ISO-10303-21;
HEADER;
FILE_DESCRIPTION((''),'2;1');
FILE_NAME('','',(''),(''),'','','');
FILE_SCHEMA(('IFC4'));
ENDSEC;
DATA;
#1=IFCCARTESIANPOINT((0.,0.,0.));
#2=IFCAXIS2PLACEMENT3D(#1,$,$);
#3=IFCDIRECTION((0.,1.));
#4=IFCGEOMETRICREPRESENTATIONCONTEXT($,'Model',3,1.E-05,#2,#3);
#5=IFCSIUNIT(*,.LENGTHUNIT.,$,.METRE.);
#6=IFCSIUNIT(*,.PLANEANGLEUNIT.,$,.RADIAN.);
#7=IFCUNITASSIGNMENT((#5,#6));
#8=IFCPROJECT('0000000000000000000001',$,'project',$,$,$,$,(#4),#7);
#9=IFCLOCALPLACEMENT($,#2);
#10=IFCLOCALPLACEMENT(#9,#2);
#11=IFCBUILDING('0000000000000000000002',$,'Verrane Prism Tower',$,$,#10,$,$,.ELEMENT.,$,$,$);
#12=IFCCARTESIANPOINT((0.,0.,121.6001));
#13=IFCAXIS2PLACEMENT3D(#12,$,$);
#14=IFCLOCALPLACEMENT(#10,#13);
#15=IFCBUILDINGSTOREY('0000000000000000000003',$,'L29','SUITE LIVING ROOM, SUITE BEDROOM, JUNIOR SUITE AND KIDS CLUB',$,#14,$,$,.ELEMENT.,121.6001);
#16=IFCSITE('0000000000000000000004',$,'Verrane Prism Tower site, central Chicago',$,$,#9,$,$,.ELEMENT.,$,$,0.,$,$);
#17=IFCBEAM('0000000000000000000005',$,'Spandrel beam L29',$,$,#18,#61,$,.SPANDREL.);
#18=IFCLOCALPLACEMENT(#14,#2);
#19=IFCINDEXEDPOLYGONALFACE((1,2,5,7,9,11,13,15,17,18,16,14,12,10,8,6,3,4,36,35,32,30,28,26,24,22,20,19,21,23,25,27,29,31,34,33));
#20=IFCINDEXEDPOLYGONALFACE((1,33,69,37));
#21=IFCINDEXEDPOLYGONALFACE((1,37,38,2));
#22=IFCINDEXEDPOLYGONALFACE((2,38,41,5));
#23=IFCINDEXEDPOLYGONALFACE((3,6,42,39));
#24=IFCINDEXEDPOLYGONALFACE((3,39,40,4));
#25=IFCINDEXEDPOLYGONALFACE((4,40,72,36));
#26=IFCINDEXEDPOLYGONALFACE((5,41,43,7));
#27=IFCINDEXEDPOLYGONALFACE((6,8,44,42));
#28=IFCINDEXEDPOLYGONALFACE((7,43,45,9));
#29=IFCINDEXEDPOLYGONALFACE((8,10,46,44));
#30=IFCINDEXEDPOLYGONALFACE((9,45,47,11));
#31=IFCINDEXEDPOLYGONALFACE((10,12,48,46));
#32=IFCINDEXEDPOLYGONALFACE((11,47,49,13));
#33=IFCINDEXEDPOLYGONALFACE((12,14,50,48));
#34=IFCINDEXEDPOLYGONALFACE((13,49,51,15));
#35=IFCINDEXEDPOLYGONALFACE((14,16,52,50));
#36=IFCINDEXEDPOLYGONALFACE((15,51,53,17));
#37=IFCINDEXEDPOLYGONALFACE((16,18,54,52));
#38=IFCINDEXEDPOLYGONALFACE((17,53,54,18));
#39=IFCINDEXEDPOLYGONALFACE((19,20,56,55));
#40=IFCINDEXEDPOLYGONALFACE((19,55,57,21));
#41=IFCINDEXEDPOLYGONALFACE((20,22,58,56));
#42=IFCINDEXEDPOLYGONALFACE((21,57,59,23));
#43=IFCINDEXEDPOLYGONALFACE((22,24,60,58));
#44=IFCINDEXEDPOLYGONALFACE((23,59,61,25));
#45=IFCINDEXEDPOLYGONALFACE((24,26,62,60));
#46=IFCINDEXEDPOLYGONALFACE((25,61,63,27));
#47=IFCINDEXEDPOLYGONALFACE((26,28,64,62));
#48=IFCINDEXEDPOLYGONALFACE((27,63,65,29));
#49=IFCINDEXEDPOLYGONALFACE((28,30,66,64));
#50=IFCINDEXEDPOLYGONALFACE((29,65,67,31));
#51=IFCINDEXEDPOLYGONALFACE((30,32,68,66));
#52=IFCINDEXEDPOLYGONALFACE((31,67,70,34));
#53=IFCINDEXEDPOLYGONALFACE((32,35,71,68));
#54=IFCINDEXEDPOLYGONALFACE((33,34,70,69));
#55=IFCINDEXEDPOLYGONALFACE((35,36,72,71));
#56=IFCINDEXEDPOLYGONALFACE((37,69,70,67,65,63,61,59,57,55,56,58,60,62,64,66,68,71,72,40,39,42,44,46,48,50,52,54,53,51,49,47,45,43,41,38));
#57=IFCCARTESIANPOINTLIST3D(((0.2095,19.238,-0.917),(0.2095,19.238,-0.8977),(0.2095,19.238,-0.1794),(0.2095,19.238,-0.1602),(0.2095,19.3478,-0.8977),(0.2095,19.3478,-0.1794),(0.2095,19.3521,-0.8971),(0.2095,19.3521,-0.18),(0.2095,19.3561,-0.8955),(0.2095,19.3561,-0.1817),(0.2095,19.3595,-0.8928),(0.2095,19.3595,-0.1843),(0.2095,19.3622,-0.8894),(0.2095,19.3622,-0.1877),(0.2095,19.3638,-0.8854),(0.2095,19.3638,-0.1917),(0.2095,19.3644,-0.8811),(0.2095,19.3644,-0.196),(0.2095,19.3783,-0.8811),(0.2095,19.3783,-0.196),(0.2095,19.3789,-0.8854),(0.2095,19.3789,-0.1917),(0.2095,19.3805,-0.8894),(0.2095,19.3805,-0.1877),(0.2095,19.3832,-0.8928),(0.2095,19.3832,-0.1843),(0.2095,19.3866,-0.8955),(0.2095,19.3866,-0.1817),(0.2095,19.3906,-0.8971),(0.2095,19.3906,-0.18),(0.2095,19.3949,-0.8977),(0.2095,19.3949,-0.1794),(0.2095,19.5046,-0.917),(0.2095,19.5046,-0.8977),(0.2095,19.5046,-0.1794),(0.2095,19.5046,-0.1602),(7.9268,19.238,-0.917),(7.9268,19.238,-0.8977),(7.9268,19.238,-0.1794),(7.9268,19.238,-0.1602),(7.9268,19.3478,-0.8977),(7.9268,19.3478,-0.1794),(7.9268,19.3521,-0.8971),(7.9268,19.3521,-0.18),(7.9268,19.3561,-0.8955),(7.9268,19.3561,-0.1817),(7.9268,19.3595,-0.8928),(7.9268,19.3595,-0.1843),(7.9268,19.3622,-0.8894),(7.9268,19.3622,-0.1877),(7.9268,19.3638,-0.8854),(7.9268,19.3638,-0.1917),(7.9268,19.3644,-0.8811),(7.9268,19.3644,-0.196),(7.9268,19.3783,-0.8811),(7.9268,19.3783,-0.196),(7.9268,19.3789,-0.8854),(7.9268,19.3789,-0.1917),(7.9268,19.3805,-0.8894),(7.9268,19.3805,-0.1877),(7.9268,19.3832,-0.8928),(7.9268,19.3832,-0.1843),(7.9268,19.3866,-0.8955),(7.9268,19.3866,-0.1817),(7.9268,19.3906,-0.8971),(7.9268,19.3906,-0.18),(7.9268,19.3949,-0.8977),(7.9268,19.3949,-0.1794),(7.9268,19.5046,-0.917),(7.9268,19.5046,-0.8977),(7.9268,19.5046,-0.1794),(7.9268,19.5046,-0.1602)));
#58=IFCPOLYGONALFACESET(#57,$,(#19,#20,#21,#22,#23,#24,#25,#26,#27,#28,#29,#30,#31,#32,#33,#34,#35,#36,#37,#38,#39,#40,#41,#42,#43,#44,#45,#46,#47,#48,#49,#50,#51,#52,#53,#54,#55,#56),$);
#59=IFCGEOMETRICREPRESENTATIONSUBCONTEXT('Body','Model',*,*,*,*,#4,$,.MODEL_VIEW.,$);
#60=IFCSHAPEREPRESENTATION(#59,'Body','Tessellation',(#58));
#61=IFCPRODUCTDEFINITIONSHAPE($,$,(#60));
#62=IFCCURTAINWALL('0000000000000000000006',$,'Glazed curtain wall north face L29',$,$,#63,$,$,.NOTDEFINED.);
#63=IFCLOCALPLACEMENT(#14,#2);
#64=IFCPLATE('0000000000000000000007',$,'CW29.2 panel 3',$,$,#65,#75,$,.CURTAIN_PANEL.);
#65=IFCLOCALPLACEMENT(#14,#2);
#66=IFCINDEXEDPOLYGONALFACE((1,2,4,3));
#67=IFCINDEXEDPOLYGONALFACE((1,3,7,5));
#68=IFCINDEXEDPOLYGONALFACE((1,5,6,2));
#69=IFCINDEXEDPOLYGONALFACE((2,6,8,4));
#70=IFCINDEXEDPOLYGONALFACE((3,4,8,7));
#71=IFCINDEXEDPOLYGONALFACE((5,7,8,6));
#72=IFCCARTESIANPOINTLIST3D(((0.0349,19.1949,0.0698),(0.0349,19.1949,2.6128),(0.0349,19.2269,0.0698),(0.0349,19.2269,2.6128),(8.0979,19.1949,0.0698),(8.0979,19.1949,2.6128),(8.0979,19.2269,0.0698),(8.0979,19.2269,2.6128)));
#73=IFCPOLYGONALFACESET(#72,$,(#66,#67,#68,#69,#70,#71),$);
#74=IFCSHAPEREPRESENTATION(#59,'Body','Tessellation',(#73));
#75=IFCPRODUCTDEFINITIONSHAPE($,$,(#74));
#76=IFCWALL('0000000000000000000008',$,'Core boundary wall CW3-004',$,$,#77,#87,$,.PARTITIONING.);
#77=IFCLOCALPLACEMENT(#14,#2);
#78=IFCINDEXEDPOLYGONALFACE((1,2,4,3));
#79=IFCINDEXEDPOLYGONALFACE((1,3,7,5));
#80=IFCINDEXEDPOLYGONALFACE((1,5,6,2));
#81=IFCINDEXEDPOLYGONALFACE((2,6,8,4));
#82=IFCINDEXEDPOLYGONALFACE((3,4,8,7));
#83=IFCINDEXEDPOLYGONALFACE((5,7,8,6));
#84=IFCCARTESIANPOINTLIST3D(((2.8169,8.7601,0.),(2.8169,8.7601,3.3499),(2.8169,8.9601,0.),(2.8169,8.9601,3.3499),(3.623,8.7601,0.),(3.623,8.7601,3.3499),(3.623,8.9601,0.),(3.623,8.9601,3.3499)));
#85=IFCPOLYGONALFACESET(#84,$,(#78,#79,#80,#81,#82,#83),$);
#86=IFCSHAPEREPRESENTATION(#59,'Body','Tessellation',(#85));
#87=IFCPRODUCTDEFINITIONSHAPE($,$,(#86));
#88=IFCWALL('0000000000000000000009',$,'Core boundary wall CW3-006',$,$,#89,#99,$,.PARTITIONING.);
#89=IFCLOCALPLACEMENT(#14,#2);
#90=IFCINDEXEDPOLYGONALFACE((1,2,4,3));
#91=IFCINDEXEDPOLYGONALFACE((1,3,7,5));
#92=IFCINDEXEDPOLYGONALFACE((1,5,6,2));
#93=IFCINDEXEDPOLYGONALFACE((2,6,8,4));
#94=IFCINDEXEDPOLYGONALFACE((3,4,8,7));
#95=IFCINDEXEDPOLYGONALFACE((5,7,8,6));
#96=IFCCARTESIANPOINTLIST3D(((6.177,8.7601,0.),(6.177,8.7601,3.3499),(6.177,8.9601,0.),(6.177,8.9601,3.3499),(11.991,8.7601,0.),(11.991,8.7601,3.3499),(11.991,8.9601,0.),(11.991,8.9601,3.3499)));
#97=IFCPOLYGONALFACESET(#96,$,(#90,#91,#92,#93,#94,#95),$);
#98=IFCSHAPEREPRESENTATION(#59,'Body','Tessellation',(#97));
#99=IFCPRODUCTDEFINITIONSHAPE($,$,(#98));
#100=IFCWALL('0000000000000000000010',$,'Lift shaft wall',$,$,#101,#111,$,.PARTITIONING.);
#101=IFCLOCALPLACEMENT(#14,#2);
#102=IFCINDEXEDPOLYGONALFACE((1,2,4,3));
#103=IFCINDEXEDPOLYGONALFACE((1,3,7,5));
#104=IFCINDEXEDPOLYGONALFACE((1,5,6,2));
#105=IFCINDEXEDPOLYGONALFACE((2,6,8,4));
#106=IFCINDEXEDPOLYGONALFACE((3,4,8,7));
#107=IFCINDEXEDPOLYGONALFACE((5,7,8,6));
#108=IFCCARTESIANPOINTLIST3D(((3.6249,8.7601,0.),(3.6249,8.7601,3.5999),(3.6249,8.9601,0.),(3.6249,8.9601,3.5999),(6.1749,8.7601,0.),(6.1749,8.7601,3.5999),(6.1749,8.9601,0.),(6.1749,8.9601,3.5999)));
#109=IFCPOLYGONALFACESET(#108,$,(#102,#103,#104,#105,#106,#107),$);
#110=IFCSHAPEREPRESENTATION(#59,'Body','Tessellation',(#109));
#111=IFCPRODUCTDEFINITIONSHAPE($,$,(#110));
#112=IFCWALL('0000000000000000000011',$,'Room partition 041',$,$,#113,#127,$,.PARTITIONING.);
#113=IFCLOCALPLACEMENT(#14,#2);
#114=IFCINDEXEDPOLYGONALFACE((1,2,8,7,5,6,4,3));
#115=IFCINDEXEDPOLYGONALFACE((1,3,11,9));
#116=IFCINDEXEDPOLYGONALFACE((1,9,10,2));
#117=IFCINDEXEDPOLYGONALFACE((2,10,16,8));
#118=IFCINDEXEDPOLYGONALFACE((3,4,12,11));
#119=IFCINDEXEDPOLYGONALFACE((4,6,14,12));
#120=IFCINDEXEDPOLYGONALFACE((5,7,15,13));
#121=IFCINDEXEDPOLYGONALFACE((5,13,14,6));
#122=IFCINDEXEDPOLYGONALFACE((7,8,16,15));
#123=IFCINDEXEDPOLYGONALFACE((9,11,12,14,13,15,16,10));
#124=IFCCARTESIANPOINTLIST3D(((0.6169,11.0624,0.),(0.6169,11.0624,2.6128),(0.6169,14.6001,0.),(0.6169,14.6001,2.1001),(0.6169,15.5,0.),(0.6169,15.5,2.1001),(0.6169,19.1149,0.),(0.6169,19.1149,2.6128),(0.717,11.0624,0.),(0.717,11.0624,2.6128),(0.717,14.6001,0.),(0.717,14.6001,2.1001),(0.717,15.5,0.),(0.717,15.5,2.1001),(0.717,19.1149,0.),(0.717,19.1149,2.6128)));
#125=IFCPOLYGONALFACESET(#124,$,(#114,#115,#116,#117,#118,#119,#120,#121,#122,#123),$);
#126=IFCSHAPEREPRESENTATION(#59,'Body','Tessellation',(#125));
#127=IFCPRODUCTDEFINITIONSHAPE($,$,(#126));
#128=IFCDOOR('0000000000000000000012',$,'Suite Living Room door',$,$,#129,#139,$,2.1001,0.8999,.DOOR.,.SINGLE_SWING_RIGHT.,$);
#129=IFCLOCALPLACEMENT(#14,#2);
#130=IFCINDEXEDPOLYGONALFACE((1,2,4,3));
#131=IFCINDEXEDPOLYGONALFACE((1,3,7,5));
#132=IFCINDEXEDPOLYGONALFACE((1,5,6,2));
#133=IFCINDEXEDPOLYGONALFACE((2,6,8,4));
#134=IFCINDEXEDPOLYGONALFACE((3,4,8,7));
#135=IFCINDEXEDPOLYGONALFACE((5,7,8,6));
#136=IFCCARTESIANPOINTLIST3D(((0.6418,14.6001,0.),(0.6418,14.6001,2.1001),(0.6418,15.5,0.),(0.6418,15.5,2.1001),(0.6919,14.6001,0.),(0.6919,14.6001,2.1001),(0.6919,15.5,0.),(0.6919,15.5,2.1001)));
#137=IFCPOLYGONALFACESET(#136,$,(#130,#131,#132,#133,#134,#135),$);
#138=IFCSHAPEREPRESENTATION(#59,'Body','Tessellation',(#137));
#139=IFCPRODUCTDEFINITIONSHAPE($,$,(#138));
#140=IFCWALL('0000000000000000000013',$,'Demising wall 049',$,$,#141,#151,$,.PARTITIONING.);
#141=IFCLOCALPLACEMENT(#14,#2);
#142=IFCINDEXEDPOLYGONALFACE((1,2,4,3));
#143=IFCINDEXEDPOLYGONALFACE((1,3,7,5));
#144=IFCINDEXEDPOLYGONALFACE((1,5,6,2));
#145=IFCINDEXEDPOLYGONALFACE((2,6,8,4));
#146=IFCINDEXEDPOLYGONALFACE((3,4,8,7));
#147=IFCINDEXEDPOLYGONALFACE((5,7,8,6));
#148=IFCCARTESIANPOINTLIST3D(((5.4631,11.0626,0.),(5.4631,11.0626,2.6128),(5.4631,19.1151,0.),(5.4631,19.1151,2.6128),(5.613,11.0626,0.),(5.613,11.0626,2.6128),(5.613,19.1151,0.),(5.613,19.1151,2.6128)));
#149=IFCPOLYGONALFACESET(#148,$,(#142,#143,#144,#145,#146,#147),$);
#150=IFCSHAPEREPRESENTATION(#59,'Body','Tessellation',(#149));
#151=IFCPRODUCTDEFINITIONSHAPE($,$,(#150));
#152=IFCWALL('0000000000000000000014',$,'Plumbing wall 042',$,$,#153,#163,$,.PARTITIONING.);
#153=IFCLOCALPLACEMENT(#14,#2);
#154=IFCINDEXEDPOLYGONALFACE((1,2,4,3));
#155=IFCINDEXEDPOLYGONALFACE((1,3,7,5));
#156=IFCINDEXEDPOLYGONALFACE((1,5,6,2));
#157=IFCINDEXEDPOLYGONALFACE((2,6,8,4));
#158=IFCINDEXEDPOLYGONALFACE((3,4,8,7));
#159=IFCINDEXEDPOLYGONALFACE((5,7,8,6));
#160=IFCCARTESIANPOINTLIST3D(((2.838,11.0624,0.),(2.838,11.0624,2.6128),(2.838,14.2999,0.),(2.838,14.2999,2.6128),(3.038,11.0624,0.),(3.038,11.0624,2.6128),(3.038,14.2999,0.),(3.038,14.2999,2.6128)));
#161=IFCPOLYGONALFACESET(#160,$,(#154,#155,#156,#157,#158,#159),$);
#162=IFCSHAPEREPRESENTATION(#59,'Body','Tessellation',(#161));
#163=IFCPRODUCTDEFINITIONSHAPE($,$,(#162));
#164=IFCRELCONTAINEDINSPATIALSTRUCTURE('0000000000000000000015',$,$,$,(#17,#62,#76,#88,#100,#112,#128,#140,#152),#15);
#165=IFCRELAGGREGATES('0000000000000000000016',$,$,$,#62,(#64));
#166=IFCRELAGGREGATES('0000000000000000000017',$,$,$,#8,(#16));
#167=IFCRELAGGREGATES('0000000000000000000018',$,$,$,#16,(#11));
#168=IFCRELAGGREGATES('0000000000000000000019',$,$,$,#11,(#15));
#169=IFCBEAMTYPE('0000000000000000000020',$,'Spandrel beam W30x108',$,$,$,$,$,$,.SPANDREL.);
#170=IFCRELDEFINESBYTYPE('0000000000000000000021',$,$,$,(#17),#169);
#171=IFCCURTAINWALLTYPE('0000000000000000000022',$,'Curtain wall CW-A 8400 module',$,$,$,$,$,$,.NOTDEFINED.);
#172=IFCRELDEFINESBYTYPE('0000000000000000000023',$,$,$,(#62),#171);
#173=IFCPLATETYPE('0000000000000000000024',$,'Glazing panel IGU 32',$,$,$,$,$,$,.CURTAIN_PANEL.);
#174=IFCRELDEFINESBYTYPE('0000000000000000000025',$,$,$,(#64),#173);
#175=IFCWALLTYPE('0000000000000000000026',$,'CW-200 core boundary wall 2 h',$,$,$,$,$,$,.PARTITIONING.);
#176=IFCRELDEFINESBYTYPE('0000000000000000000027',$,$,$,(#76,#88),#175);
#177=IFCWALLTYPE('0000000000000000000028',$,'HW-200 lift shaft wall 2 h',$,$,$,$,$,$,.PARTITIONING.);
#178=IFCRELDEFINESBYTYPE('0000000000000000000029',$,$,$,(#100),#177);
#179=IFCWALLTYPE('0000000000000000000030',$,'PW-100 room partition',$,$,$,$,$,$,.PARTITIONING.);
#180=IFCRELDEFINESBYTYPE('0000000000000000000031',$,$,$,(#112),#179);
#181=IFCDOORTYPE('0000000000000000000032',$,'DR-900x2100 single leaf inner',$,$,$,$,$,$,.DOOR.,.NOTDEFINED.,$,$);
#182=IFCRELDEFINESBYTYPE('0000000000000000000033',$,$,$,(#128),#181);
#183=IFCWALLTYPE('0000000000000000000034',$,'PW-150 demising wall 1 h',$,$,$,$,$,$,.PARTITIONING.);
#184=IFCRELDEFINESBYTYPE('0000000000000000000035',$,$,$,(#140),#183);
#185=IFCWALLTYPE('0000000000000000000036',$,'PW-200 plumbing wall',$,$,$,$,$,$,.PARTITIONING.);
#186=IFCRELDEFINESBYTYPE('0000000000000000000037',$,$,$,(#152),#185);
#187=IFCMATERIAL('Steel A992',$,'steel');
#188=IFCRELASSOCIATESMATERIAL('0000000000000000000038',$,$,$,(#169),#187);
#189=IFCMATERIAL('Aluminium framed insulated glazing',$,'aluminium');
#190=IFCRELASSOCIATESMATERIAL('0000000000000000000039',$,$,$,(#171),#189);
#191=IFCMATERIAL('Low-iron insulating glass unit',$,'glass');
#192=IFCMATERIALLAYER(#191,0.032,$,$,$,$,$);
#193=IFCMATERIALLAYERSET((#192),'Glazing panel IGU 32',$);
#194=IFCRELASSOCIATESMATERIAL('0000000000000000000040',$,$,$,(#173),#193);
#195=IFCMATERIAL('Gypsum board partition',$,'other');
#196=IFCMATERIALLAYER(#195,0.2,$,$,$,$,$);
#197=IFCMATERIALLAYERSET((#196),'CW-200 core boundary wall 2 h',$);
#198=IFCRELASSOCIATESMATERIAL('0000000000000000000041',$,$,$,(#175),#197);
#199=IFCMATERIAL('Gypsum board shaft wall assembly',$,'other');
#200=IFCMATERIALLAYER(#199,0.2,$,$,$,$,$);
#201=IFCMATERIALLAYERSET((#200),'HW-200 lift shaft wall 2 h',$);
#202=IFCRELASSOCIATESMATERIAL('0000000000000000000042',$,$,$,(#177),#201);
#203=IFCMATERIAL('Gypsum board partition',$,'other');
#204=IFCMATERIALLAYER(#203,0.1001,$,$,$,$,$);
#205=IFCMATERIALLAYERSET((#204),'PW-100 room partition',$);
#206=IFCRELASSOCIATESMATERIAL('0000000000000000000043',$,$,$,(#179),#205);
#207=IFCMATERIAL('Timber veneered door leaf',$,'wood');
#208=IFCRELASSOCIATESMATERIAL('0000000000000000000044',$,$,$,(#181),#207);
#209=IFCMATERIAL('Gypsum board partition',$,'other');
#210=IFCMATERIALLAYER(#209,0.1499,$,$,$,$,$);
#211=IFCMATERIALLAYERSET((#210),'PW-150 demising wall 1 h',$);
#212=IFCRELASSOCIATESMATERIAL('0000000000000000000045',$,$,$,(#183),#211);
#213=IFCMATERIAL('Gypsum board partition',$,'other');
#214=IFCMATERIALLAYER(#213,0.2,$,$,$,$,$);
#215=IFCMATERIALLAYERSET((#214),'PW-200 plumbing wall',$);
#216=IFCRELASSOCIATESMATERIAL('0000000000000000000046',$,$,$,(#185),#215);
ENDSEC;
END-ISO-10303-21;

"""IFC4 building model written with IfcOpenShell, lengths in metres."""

from ifc_helpers import new_model, si_unit, direction, frame, frame_2d, origin, origin_2d, place, context, subcontext, project, spatial, rectangle, i_section, extrude, material, layer, layer_set, material_profile, profile_set, type_object, element, fill, aggregate, save


model = new_model("IFC4")

# Units and contexts
model_context = context("Model", 3, precision=1e-05, world=origin(), true_north=direction((0.0, 1.0)))
body_context = subcontext(model_context, "Body", "Model", "MODEL_VIEW")
ifc_project = project(units=[si_unit("LENGTHUNIT", "METRE"), si_unit("PLANEANGLEUNIT", "RADIAN")], contexts=[model_context])

# Site, building, storey
site_placement = place(None, origin())
site = spatial("IfcSite", under=ifc_project, at=site_placement, Name="Verrane Prism Tower site, central Chicago", CompositionType="ELEMENT", RefElevation=0.0)
building_placement = place(site_placement, origin())
building = spatial("IfcBuilding", under=site, at=building_placement, Name="Verrane Prism Tower", CompositionType="ELEMENT")
storey_placement = place(building_placement, frame((0.0, 0.0, 121.6001)))
storey = spatial("IfcBuildingStorey", under=building, at=storey_placement, Name="L29", Description="SUITE LIVING ROOM, SUITE BEDROOM, JUNIOR SUITE AND KIDS CLUB", CompositionType="ELEMENT", Elevation=121.6001)

# Beam
ifc_material_1 = material(Name="Steel A992", Category="steel")
ifc_material_profile_1 = material_profile(ifc_material_1, i_section(OverallWidth=0.2666, OverallDepth=0.7568, WebThickness=0.0139, FlangeThickness=0.0193, FilletRadius=0.0166, at=origin_2d()), Name="W30x108")
ifc_profile_set_1 = profile_set([ifc_material_profile_1], Name="Steel A992")
beam_type_1 = type_object("IfcBeamType", Name="Spandrel beam W30x108", PredefinedType="SPANDREL", material=ifc_profile_set_1)
beam_placement = place(storey_placement, frame((7.9268, 19.3713, -0.5386), z_axis=(-1.0, 0.0, 0.0), x_axis=(0.0, -1.0, 0.0)))
element("IfcBeam", 1, at=beam_placement, inside=storey, type_object=beam_type_1, Name="Spandrel beam L29", PredefinedType="SPANDREL", context=body_context, shape_type="SweptSolid", body=[
    extrude(i_section(OverallWidth=0.2666, OverallDepth=0.7568, WebThickness=0.0139, FlangeThickness=0.0193, FilletRadius=0.0166, at=origin_2d()), origin(), (0.0, 0.0, 1.0), 7.7173),
])

# Curtain wall, plate
ifc_material_2 = material(Name="Aluminium framed insulated glazing", Category="aluminium")
curtain_wall_type = type_object("IfcCurtainWallType", Name="Curtain wall CW-A 8400 module", PredefinedType="NOTDEFINED", material=ifc_material_2)
curtain_wall_placement = place(storey_placement, origin())
curtain_wall = element("IfcCurtainWall", 2, at=curtain_wall_placement, inside=storey, type_object=curtain_wall_type, Name="Glazed curtain wall north face L29", PredefinedType="NOTDEFINED")
ifc_material_3 = material(Name="Low-iron insulating glass unit", Category="glass")
ifc_layer_1 = layer(ifc_material_3, 0.032)
ifc_layer_set_1 = layer_set([ifc_layer_1], Name="Glazing panel IGU 32")
plate_type = type_object("IfcPlateType", Name="Glazing panel IGU 32", PredefinedType="CURTAIN_PANEL", material=ifc_layer_set_1)
plate_placement = place(storey_placement, frame((4.0664, 19.2109, 0.0698), z_axis=(0.0, 0.0, 1.0), x_axis=(-1.0, 0.0, 0.0)))
plate = element("IfcPlate", 3, at=plate_placement, type_object=plate_type, Name="CW29.2 panel 3", PredefinedType="CURTAIN_PANEL", context=body_context, shape_type="SweptSolid", body=[
    extrude(rectangle(XDim=8.063, YDim=0.032, at=origin_2d()), origin(), (0.0, 0.0, 1.0), 2.543),
])
aggregate(curtain_wall, [plate])

# Walls
ifc_material_4 = material(Name="Gypsum board partition", Category="other")
ifc_layer_2 = layer(ifc_material_4, 0.2)
ifc_layer_set_2 = layer_set([ifc_layer_2], Name="CW-200 core boundary wall 2 h")
wall_type_1 = type_object("IfcWallType", Name="CW-200 core boundary wall 2 h", PredefinedType="PARTITIONING", material=ifc_layer_set_2)
wall_1_placement = place(storey_placement, frame((2.8169, 8.8601, 0.0), z_axis=(0.0, 0.0, 1.0), x_axis=(1.0, 0.0, 0.0)))
element("IfcWall", 4, at=wall_1_placement, inside=storey, type_object=wall_type_1, Name="Core boundary wall CW3-004", PredefinedType="PARTITIONING", context=body_context, shape_type="SweptSolid", body=[
    extrude(rectangle(XDim=0.8062, YDim=0.2, at=frame_2d((0.4031, 0.0))), origin(), (0.0, 0.0, 1.0), 3.3499),
])
wall_2_placement = place(storey_placement, frame((6.177, 8.8601, 0.0), z_axis=(0.0, 0.0, 1.0), x_axis=(1.0, 0.0, 0.0)))
element("IfcWall", 5, at=wall_2_placement, inside=storey, type_object=wall_type_1, Name="Core boundary wall CW3-006", PredefinedType="PARTITIONING", context=body_context, shape_type="SweptSolid", body=[
    extrude(rectangle(XDim=5.814, YDim=0.2, at=frame_2d((2.907, 0.0))), origin(), (0.0, 0.0, 1.0), 3.3499),
])
ifc_material_5 = material(Name="Gypsum board shaft wall assembly", Category="other")
ifc_layer_3 = layer(ifc_material_5, 0.2)
ifc_layer_set_3 = layer_set([ifc_layer_3], Name="HW-200 lift shaft wall 2 h")
wall_type_2 = type_object("IfcWallType", Name="HW-200 lift shaft wall 2 h", PredefinedType="PARTITIONING", material=ifc_layer_set_3)
wall_3_placement = place(storey_placement, frame((3.625, 8.8601, 0.0), z_axis=(0.0, 0.0, 1.0), x_axis=(1.0, 0.0, 0.0)))
element("IfcWall", 6, at=wall_3_placement, inside=storey, type_object=wall_type_2, Name="Lift shaft wall", PredefinedType="PARTITIONING", context=body_context, shape_type="SweptSolid", body=[
    extrude(rectangle(XDim=2.55, YDim=0.2, at=frame_2d((1.2749, 0.0))), origin(), (0.0, 0.0, 1.0), 3.5999),
])

# Wall, opening, door
ifc_material_6 = material(Name="Gypsum board partition", Category="other")
ifc_layer_4 = layer(ifc_material_6, 0.1001)
ifc_layer_set_4 = layer_set([ifc_layer_4], Name="PW-100 room partition")
wall_type_3 = type_object("IfcWallType", Name="PW-100 room partition", PredefinedType="PARTITIONING", material=ifc_layer_set_4)
wall_4_placement = place(storey_placement, frame((0.667, 19.115, 0.0), z_axis=(0.0, 0.0, 1.0), x_axis=(0.0, -1.0, 0.0)))
wall_4 = element("IfcWall", 7, at=wall_4_placement, inside=storey, type_object=wall_type_3, Name="Room partition 041", PredefinedType="PARTITIONING", context=body_context, shape_type="SweptSolid", body=[
    extrude(rectangle(XDim=8.0525, YDim=0.1001, at=frame_2d((4.0264, 0.0))), origin(), (0.0, 0.0, 1.0), 2.6128),
])
opening_1_placement = place(wall_4_placement, frame((3.615, 0.0, 0.0)))
opening_1 = element("IfcOpeningElement", 8, at=opening_1_placement, cuts=wall_4, PredefinedType="OPENING", context=body_context, shape_type="SweptSolid", body=[
    extrude(rectangle(XDim=0.8999, YDim=2.1001, at=frame_2d((0.45, 1.05))), frame((0.0, 0.0601, 0.0), z_axis=(0.0, -1.0, 0.0), x_axis=(1.0, 0.0, 0.0)), (0.0, 0.0, 1.0), 0.1201),
])
ifc_material_7 = material(Name="Timber veneered door leaf", Category="wood")
door_type_1 = type_object("IfcDoorType", Name="DR-900x2100 single leaf inner", OperationType="NOTDEFINED", PredefinedType="DOOR", material=ifc_material_7)
door_1_placement = place(opening_1_placement, origin())
door_1 = element("IfcDoor", 9, at=door_1_placement, inside=storey, type_object=door_type_1, Name="Suite Living Room door", OperationType="SINGLE_SWING_RIGHT", OverallHeight=2.1001, OverallWidth=0.8999, PredefinedType="DOOR", context=body_context, shape_type="SweptSolid", body=[
    extrude(rectangle(XDim=0.8999, YDim=2.1001, at=frame_2d((0.45, 1.05))), frame((0.0, 0.0249, 0.0), z_axis=(0.0, -1.0, 0.0), x_axis=(1.0, 0.0, 0.0)), (0.0, 0.0, 1.0), 0.05),
])
fill(opening_1, door_1)

# Walls
ifc_material_8 = material(Name="Gypsum board partition", Category="other")
ifc_layer_5 = layer(ifc_material_8, 0.1499)
ifc_layer_set_5 = layer_set([ifc_layer_5], Name="PW-150 demising wall 1 h")
wall_type_4 = type_object("IfcWallType", Name="PW-150 demising wall 1 h", PredefinedType="PARTITIONING", material=ifc_layer_set_5)
wall_5_placement = place(storey_placement, frame((5.5381, 11.0625, 0.0), z_axis=(0.0, 0.0, 1.0), x_axis=(0.0, 1.0, 0.0)))
element("IfcWall", 10, at=wall_5_placement, inside=storey, type_object=wall_type_4, Name="Demising wall 049", PredefinedType="PARTITIONING", context=body_context, shape_type="SweptSolid", body=[
    extrude(rectangle(XDim=8.0525, YDim=0.1499, at=frame_2d((4.0264, 0.0))), origin(), (0.0, 0.0, 1.0), 2.6128),
])
ifc_material_9 = material(Name="Gypsum board partition", Category="other")
ifc_layer_6 = layer(ifc_material_9, 0.2)
ifc_layer_set_6 = layer_set([ifc_layer_6], Name="PW-200 plumbing wall")
wall_type_5 = type_object("IfcWallType", Name="PW-200 plumbing wall", PredefinedType="PARTITIONING", material=ifc_layer_set_6)
wall_6_placement = place(storey_placement, frame((2.938, 11.0625, 0.0), z_axis=(0.0, 0.0, 1.0), x_axis=(0.0, 1.0, 0.0)))
element("IfcWall", 11, at=wall_6_placement, inside=storey, type_object=wall_type_5, Name="Plumbing wall 042", PredefinedType="PARTITIONING", context=body_context, shape_type="SweptSolid", body=[
    extrude(rectangle(XDim=3.2375, YDim=0.2, at=frame_2d((1.6187, 0.0))), origin(), (0.0, 0.0, 1.0), 2.6128),
])

save(model, "model.ifc")
